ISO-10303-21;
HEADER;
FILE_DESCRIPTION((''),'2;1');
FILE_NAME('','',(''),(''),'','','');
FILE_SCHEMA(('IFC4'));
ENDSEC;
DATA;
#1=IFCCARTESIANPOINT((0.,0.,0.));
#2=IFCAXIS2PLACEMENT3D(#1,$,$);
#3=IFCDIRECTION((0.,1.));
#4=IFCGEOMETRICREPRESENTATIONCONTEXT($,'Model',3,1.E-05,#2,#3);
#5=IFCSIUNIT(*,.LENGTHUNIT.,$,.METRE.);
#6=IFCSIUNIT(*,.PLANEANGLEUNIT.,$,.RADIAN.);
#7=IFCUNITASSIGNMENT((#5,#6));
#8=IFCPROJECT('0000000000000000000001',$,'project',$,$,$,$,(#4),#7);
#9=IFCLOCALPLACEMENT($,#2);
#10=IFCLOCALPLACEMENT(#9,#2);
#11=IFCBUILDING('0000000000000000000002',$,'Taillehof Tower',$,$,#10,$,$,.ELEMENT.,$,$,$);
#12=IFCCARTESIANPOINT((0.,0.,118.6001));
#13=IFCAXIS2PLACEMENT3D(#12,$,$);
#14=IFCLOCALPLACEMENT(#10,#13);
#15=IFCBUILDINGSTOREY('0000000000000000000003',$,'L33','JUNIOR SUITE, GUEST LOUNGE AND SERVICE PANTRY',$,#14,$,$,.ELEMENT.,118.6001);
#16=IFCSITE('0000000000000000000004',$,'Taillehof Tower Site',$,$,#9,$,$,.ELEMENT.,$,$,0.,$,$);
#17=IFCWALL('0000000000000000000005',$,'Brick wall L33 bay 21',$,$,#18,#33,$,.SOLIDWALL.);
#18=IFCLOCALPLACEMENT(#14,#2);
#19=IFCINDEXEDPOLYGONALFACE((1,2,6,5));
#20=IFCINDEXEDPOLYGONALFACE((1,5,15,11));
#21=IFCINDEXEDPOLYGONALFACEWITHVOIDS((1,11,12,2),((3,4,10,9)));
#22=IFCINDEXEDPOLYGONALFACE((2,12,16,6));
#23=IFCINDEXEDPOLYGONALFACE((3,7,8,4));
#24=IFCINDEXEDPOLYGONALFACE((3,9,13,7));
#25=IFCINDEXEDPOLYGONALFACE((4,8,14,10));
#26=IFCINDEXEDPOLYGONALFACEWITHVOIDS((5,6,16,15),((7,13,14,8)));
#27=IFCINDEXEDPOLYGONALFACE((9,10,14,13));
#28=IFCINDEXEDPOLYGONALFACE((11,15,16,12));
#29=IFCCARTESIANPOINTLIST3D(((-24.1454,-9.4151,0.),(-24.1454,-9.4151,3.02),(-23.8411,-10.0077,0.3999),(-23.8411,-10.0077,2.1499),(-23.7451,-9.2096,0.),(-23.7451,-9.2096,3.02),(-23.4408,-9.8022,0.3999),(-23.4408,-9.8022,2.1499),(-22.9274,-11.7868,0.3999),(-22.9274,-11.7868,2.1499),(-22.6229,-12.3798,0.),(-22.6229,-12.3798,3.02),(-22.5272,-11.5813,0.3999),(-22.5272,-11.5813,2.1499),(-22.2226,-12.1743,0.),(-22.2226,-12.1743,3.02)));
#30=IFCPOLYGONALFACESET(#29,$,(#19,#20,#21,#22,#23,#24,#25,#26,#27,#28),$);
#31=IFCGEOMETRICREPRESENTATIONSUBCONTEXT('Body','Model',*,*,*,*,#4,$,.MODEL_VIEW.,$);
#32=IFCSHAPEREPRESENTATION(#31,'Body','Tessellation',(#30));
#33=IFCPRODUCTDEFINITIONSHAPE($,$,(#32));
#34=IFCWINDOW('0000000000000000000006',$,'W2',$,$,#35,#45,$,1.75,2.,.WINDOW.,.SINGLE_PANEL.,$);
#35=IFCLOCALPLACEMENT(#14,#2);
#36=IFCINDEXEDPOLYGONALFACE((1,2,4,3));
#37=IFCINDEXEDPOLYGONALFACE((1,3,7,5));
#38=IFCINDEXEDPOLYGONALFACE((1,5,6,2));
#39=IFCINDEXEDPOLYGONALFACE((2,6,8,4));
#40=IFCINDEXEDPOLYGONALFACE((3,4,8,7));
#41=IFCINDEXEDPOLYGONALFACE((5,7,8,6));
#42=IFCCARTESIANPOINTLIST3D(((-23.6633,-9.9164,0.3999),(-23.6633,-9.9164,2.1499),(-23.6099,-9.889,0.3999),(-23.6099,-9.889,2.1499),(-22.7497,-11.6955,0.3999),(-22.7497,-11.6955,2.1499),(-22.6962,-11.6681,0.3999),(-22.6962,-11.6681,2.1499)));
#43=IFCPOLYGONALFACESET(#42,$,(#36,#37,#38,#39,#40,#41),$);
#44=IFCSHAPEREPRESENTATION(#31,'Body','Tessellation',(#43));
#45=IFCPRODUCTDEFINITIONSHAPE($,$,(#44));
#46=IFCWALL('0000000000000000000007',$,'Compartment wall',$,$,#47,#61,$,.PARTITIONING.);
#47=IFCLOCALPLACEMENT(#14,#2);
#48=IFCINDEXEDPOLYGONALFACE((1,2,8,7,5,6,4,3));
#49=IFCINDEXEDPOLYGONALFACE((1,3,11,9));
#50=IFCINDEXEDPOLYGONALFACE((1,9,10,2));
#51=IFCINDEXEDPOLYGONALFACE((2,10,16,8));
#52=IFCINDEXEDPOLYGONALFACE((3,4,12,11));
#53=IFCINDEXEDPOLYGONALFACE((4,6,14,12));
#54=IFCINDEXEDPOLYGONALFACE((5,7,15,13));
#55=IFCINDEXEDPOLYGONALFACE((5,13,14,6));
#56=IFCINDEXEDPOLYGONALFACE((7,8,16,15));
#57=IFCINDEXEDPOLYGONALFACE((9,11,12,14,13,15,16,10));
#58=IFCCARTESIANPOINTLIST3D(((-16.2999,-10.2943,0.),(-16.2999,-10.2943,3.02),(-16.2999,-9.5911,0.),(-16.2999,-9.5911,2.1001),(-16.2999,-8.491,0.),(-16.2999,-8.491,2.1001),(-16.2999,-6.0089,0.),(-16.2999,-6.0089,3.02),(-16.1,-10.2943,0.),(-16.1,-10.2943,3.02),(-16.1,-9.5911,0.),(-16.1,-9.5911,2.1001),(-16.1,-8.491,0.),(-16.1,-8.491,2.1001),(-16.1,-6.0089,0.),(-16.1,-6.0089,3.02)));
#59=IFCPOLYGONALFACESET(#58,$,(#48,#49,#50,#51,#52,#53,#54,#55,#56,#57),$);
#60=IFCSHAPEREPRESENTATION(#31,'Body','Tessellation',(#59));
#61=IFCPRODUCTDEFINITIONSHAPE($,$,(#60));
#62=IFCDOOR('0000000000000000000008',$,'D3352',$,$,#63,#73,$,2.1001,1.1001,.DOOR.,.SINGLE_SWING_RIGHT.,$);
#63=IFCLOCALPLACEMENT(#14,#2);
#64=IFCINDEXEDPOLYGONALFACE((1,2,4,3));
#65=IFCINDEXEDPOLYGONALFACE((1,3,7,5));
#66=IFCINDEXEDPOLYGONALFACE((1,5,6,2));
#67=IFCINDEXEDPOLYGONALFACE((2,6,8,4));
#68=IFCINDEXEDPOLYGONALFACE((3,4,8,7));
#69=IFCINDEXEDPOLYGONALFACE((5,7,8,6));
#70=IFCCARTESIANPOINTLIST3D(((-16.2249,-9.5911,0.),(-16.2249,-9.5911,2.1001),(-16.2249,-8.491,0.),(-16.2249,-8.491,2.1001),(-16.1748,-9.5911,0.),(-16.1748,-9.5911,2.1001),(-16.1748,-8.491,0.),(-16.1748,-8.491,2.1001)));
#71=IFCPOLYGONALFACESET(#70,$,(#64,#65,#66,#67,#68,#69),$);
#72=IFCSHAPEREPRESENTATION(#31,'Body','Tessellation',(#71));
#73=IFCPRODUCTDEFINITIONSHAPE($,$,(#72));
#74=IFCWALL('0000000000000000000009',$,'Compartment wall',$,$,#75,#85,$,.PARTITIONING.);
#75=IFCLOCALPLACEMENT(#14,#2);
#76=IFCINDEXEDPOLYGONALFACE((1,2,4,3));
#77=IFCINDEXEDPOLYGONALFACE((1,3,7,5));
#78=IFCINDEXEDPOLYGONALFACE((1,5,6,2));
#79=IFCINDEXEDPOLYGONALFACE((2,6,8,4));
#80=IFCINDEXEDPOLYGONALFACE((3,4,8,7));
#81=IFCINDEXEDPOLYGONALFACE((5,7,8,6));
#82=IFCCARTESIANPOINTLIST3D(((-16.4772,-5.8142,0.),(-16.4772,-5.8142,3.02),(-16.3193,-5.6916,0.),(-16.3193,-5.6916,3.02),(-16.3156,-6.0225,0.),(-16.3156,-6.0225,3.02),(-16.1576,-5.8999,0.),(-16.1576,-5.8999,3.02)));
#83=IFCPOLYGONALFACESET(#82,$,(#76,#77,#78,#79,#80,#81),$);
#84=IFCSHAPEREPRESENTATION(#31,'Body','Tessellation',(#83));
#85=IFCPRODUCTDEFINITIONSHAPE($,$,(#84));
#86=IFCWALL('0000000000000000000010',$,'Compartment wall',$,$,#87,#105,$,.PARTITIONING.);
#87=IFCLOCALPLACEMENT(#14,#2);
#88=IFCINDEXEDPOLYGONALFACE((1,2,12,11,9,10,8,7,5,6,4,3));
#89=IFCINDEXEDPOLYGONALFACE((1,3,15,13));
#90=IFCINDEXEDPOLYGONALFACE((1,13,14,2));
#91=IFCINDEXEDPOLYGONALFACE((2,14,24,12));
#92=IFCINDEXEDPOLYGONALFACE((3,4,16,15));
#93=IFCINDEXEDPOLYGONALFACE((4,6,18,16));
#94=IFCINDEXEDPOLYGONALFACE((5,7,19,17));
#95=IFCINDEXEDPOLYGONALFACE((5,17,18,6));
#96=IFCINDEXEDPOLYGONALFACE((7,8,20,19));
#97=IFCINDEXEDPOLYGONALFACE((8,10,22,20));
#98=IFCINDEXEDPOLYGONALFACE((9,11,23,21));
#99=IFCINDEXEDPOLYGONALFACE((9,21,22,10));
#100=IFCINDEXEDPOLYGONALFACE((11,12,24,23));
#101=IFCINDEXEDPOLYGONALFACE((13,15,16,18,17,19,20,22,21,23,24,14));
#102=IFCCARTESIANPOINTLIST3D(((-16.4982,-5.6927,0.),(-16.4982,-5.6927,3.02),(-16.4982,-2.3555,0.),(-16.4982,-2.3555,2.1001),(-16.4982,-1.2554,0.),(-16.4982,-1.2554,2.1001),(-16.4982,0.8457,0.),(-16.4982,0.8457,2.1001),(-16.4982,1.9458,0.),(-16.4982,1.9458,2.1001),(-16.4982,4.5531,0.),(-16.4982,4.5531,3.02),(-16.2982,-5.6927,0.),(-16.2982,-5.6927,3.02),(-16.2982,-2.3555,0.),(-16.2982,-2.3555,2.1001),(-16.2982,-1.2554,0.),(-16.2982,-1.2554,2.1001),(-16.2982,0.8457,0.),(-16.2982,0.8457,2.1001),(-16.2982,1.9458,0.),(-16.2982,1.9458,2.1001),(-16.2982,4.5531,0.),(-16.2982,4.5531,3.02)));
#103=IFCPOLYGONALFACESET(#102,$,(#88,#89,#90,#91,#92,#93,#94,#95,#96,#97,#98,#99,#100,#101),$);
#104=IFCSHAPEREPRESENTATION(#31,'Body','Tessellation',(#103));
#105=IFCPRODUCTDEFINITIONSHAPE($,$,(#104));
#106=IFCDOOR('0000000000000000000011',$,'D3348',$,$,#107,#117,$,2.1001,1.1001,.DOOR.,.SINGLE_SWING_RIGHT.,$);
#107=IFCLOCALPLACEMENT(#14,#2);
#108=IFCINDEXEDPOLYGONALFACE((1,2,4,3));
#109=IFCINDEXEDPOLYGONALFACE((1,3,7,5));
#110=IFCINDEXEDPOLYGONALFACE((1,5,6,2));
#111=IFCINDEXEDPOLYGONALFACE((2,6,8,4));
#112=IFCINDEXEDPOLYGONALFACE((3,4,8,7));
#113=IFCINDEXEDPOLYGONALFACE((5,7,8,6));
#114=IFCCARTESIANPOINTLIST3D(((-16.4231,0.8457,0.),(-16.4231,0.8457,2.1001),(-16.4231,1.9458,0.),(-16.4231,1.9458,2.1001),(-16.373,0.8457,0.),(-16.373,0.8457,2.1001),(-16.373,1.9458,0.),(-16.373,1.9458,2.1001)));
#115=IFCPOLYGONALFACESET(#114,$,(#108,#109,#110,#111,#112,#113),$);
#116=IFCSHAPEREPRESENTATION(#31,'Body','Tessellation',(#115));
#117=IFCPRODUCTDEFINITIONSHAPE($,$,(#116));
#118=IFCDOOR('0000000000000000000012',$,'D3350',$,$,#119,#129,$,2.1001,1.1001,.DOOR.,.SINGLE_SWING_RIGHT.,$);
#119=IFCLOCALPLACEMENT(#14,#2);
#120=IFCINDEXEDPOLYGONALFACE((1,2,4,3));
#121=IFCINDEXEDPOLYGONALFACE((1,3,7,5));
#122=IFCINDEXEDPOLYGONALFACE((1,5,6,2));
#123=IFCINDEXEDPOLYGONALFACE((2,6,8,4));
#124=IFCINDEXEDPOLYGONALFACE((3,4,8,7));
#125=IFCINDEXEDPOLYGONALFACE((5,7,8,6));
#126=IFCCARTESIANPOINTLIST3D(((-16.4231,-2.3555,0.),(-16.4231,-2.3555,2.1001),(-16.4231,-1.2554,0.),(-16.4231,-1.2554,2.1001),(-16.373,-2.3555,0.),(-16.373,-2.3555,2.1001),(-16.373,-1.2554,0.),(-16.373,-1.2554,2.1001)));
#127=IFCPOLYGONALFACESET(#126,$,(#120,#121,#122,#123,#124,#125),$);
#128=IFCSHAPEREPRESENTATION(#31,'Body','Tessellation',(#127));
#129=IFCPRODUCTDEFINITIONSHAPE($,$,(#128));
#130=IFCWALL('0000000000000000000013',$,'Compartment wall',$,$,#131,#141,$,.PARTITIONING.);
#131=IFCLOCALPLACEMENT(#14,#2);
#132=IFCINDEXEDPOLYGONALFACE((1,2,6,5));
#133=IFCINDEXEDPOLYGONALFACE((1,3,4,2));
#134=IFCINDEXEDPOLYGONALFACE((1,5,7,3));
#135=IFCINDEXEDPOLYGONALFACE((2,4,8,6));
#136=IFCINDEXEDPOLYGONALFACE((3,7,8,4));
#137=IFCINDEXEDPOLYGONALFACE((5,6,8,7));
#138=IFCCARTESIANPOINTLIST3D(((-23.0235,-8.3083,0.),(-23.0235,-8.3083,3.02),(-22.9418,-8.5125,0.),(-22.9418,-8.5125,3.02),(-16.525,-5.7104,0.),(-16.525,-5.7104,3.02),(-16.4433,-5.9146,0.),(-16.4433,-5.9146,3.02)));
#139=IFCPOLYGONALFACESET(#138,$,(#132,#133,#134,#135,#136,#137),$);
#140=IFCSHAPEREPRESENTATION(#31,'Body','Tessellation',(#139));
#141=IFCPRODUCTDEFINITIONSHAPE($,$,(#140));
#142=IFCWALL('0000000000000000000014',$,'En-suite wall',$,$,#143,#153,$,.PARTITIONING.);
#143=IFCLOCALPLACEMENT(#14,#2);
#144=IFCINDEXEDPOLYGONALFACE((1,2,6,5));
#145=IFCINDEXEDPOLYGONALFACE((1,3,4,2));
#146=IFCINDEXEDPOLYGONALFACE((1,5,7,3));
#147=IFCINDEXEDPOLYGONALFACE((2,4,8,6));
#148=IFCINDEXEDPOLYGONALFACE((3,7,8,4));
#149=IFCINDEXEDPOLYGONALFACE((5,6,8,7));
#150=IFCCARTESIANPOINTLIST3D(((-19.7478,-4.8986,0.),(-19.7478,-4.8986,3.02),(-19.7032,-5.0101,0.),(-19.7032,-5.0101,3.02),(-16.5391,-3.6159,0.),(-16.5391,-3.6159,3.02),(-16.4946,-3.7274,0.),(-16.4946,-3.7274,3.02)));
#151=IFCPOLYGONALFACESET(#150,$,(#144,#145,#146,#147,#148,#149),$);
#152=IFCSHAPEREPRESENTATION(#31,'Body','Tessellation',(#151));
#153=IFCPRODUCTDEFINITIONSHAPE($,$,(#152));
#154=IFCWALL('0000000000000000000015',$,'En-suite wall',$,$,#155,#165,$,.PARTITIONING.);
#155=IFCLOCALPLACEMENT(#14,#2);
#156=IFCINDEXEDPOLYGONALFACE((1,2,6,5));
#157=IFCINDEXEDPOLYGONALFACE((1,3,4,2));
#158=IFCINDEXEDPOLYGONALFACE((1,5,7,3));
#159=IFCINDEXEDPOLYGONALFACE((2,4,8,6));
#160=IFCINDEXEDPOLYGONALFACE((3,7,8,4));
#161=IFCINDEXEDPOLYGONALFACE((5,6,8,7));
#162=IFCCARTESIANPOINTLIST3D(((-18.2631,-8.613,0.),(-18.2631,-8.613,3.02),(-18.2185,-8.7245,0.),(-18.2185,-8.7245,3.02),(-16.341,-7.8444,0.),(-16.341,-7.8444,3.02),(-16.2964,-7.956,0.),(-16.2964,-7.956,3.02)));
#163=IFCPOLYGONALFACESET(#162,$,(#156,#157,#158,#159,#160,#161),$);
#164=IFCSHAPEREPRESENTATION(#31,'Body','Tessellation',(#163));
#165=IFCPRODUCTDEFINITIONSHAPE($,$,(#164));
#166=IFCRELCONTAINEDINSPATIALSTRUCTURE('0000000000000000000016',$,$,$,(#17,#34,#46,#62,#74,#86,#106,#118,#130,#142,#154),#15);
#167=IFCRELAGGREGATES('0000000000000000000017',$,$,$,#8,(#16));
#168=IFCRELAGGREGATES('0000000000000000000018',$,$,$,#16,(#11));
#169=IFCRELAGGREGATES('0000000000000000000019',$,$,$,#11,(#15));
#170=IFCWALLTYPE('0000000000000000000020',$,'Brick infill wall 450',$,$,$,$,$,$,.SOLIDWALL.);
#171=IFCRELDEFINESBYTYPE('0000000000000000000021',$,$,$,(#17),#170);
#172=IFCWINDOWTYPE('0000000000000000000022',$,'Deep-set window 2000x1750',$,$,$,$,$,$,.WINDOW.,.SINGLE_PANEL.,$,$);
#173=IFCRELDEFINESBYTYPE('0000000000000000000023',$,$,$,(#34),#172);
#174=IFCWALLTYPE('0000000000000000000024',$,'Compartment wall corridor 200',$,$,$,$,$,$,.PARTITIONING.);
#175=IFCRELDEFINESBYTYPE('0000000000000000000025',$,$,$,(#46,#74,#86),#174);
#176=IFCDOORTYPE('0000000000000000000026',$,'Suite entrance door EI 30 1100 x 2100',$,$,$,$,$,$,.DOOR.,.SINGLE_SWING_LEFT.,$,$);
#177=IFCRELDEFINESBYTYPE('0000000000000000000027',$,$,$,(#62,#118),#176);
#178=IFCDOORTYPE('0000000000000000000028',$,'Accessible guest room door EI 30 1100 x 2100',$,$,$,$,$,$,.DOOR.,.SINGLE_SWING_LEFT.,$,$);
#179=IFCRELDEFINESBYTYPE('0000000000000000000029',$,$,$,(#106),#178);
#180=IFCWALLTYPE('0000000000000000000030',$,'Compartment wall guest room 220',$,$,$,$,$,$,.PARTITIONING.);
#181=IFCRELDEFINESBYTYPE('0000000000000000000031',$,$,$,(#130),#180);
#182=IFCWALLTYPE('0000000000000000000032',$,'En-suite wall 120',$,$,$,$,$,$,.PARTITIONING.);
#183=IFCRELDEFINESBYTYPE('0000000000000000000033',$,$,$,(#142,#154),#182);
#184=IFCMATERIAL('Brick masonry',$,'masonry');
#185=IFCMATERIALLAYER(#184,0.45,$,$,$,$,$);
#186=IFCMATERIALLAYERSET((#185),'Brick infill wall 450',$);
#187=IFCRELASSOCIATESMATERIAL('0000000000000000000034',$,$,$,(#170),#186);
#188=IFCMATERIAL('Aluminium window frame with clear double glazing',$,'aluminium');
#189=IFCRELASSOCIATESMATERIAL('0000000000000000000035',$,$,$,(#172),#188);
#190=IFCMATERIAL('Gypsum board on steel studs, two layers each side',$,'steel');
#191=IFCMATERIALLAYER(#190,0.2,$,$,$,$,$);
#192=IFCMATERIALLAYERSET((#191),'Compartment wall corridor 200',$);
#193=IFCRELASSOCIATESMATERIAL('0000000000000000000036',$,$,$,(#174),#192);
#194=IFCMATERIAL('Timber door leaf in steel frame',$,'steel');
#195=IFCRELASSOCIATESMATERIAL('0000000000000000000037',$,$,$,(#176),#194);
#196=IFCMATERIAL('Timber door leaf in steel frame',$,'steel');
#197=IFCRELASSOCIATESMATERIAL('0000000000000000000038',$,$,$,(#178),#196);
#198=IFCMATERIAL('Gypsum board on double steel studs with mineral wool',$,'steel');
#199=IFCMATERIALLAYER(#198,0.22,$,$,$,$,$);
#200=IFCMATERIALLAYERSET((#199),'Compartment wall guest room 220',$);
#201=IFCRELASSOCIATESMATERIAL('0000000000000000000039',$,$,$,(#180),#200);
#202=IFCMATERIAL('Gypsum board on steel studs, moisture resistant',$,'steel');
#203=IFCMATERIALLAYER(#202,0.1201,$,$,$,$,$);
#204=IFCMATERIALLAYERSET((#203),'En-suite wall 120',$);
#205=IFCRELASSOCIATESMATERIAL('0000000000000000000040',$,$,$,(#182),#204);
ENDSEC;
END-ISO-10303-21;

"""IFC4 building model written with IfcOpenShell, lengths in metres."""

from ifc_helpers import new_model, si_unit, direction, frame, frame_2d, origin, place, context, subcontext, project, spatial, rectangle, extrude, material, layer, layer_set, type_object, element, fill, save


model = new_model("IFC4")

# Units and contexts
model_context = context("Model", 3, precision=1e-05, world=origin(), true_north=direction((0.0, 1.0)))
body_context = subcontext(model_context, "Body", "Model", "MODEL_VIEW")
ifc_project = project(units=[si_unit("LENGTHUNIT", "METRE"), si_unit("PLANEANGLEUNIT", "RADIAN")], contexts=[model_context])

# Site, building, storey
site_placement = place(None, origin())
site = spatial("IfcSite", under=ifc_project, at=site_placement, Name="Taillehof Tower Site", CompositionType="ELEMENT", RefElevation=0.0)
building_placement = place(site_placement, origin())
building = spatial("IfcBuilding", under=site, at=building_placement, Name="Taillehof Tower", CompositionType="ELEMENT")
storey_placement = place(building_placement, frame((0.0, 0.0, 118.6001)))
storey = spatial("IfcBuildingStorey", under=building, at=storey_placement, Name="L33", Description="JUNIOR SUITE, GUEST LOUNGE AND SERVICE PANTRY", CompositionType="ELEMENT", Elevation=118.6001)

# Wall, opening, window
ifc_material_1 = material(Name="Brick masonry", Category="masonry")
ifc_layer_1 = layer(ifc_material_1, 0.45)
ifc_layer_set_1 = layer_set([ifc_layer_1], Name="Brick infill wall 450")
wall_type_1 = type_object("IfcWallType", Name="Brick infill wall 450", PredefinedType="SOLIDWALL", material=ifc_layer_set_1)
ifc_material_2 = material(Name="Aluminium window frame with clear double glazing", Category="aluminium")
window_type = type_object("IfcWindowType", Name="Deep-set window 2000x1750", PartitioningType="SINGLE_PANEL", PredefinedType="WINDOW", material=ifc_material_2)
wall_1_placement = place(storey_placement, frame((-23.9453, -9.3123, 0.0), z_axis=(0.0, 0.0, 1.0), x_axis=(0.456828, -0.889555, 0.0)))
wall_1 = element("IfcWall", 1, at=wall_1_placement, inside=storey, type_object=wall_type_1, Name="Brick wall L33 bay 21", PredefinedType="SOLIDWALL", context=body_context, shape_type="SweptSolid", body=[
    extrude(rectangle(XDim=3.3328, YDim=0.45, at=frame_2d((1.6665, 0.0))), origin(), (0.0, 0.0, 1.0), 3.02),
])
opening_1_placement = place(wall_1_placement, frame((0.6663, 0.0, 0.3999)))
opening_1 = element("IfcOpeningElement", 2, at=opening_1_placement, cuts=wall_1, PredefinedType="OPENING", context=body_context, shape_type="SweptSolid", body=[
    extrude(rectangle(XDim=2.0, YDim=1.75, at=frame_2d((1.0, 0.875))), frame((0.0, 0.2349, 0.0), z_axis=(0.0, -1.0, 0.0), x_axis=(1.0, 0.0, 0.0)), (0.0, 0.0, 1.0), 0.47),
])
window_1_placement = place(opening_1_placement, origin())
window_1 = element("IfcWindow", 3, at=window_1_placement, inside=storey, type_object=window_type, Name="W2", OverallHeight=1.75, OverallWidth=2.0, PartitioningType="SINGLE_PANEL", PredefinedType="WINDOW", context=body_context, shape_type="SweptSolid", body=[
    extrude(rectangle(XDim=2.0, YDim=1.75, at=frame_2d((1.0, 0.875))), frame((0.0, 0.0349, 0.0), z_axis=(0.0, -1.0, 0.0), x_axis=(1.0, 0.0, 0.0)), (0.0, 0.0, 1.0), 0.0601),
])
fill(opening_1, window_1)

# Wall, opening, door
ifc_material_3 = material(Name="Gypsum board on steel studs, two layers each side", Category="steel")
ifc_layer_2 = layer(ifc_material_3, 0.2)
ifc_layer_set_2 = layer_set([ifc_layer_2], Name="Compartment wall corridor 200")
wall_type_2 = type_object("IfcWallType", Name="Compartment wall corridor 200", PredefinedType="PARTITIONING", material=ifc_layer_set_2)
wall_2_placement = place(storey_placement, frame((-16.2, -10.2942, 0.0), z_axis=(0.0, 0.0, 1.0), x_axis=(0.0, 1.0, 0.0)))
wall_2 = element("IfcWall", 4, at=wall_2_placement, inside=storey, type_object=wall_type_2, Name="Compartment wall", PredefinedType="PARTITIONING", context=body_context, shape_type="SweptSolid", body=[
    extrude(rectangle(XDim=4.2854, YDim=0.2, at=frame_2d((2.1426, 0.0))), origin(), (0.0, 0.0, 1.0), 3.02),
])
opening_2_placement = place(wall_2_placement, frame((0.7031, 0.0, 0.0)))
opening_2 = element("IfcOpeningElement", 5, at=opening_2_placement, cuts=wall_2, PredefinedType="OPENING", context=body_context, shape_type="SweptSolid", body=[
    extrude(rectangle(XDim=1.1001, YDim=2.1001, at=frame_2d((0.55, 1.05))), frame((0.0, 0.1099, 0.0), z_axis=(0.0, -1.0, 0.0), x_axis=(1.0, 0.0, 0.0)), (0.0, 0.0, 1.0), 0.22),
])
ifc_material_4 = material(Name="Timber door leaf in steel frame", Category="steel")
door_type_1 = type_object("IfcDoorType", Name="Suite entrance door EI 30 1100 x 2100", OperationType="SINGLE_SWING_LEFT", PredefinedType="DOOR", material=ifc_material_4)
door_1_placement = place(opening_2_placement, origin())
door_1 = element("IfcDoor", 6, at=door_1_placement, inside=storey, type_object=door_type_1, Name="D3352", OperationType="SINGLE_SWING_RIGHT", OverallHeight=2.1001, OverallWidth=1.1001, PredefinedType="DOOR", context=body_context, shape_type="SweptSolid", body=[
    extrude(rectangle(XDim=1.1001, YDim=2.1001, at=frame_2d((0.55, 1.05))), frame((0.0, 0.0249, 0.0), z_axis=(0.0, -1.0, 0.0), x_axis=(1.0, 0.0, 0.0)), (0.0, 0.0, 1.0), 0.05),
])
fill(opening_2, door_1)

# Wall
wall_3_placement = place(storey_placement, frame((-16.2366, -5.9612, 0.0), z_axis=(0.0, 0.0, 1.0), x_axis=(-0.613107, 0.79, 0.0)))
element("IfcWall", 7, at=wall_3_placement, inside=storey, type_object=wall_type_2, Name="Compartment wall", PredefinedType="PARTITIONING", context=body_context, shape_type="SweptSolid", body=[
    extrude(rectangle(XDim=0.2637, YDim=0.2, at=frame_2d((0.1318, 0.0))), origin(), (0.0, 0.0, 1.0), 3.02),
])

# Wall, openings, doors
wall_4_placement = place(storey_placement, frame((-16.3982, -5.6929, 0.0), z_axis=(0.0, 0.0, 1.0), x_axis=(0.0, 1.0, 0.0)))
wall_4 = element("IfcWall", 8, at=wall_4_placement, inside=storey, type_object=wall_type_2, Name="Compartment wall", PredefinedType="PARTITIONING", context=body_context, shape_type="SweptSolid", body=[
    extrude(rectangle(XDim=10.2458, YDim=0.2, at=frame_2d((5.123, 0.0))), origin(), (0.0, 0.0, 1.0), 3.02),
])
opening_3_placement = place(wall_4_placement, frame((6.5386, 0.0, 0.0)))
opening_3 = element("IfcOpeningElement", 9, at=opening_3_placement, cuts=wall_4, PredefinedType="OPENING", context=body_context, shape_type="SweptSolid", body=[
    extrude(rectangle(XDim=1.1001, YDim=2.1001, at=frame_2d((0.55, 1.05))), frame((0.0, 0.1099, 0.0), z_axis=(0.0, -1.0, 0.0), x_axis=(1.0, 0.0, 0.0)), (0.0, 0.0, 1.0), 0.22),
])
opening_4_placement = place(wall_4_placement, frame((3.3374, 0.0, 0.0)))
opening_4 = element("IfcOpeningElement", 10, at=opening_4_placement, cuts=wall_4, PredefinedType="OPENING", context=body_context, shape_type="SweptSolid", body=[
    extrude(rectangle(XDim=1.1001, YDim=2.1001, at=frame_2d((0.55, 1.05))), frame((0.0, 0.1099, 0.0), z_axis=(0.0, -1.0, 0.0), x_axis=(1.0, 0.0, 0.0)), (0.0, 0.0, 1.0), 0.22),
])
ifc_material_5 = material(Name="Timber door leaf in steel frame", Category="steel")
door_type_2 = type_object("IfcDoorType", Name="Accessible guest room door EI 30 1100 x 2100", OperationType="SINGLE_SWING_LEFT", PredefinedType="DOOR", material=ifc_material_5)
door_2_placement = place(opening_3_placement, origin())
door_2 = element("IfcDoor", 11, at=door_2_placement, inside=storey, type_object=door_type_2, Name="D3348", OperationType="SINGLE_SWING_RIGHT", OverallHeight=2.1001, OverallWidth=1.1001, PredefinedType="DOOR", context=body_context, shape_type="SweptSolid", body=[
    extrude(rectangle(XDim=1.1001, YDim=2.1001, at=frame_2d((0.55, 1.05))), frame((0.0, 0.0249, 0.0), z_axis=(0.0, -1.0, 0.0), x_axis=(1.0, 0.0, 0.0)), (0.0, 0.0, 1.0), 0.05),
])
fill(opening_3, door_2)
door_3_placement = place(opening_4_placement, origin())
door_3 = element("IfcDoor", 12, at=door_3_placement, inside=storey, type_object=door_type_1, Name="D3350", OperationType="SINGLE_SWING_RIGHT", OverallHeight=2.1001, OverallWidth=1.1001, PredefinedType="DOOR", context=body_context, shape_type="SweptSolid", body=[
    extrude(rectangle(XDim=1.1001, YDim=2.1001, at=frame_2d((0.55, 1.05))), frame((0.0, 0.0249, 0.0), z_axis=(0.0, -1.0, 0.0), x_axis=(1.0, 0.0, 0.0)), (0.0, 0.0, 1.0), 0.05),
])
fill(opening_4, door_3)

# Walls
ifc_material_6 = material(Name="Gypsum board on double steel studs with mineral wool", Category="steel")
ifc_layer_3 = layer(ifc_material_6, 0.22)
ifc_layer_set_3 = layer_set([ifc_layer_3], Name="Compartment wall guest room 220")
wall_type_3 = type_object("IfcWallType", Name="Compartment wall guest room 220", PredefinedType="PARTITIONING", material=ifc_layer_set_3)
wall_5_placement = place(storey_placement, frame((-22.9827, -8.4104, 0.0), z_axis=(0.0, 0.0, 1.0), x_axis=(0.928551, 0.371204, 0.0)))
element("IfcWall", 13, at=wall_5_placement, inside=storey, type_object=wall_type_3, Name="Compartment wall", PredefinedType="PARTITIONING", context=body_context, shape_type="SweptSolid", body=[
    extrude(rectangle(XDim=6.9985, YDim=0.22, at=frame_2d((3.4993, 0.0))), origin(), (0.0, 0.0, 1.0), 3.02),
])
ifc_material_7 = material(Name="Gypsum board on steel studs, moisture resistant", Category="steel")
ifc_layer_4 = layer(ifc_material_7, 0.1201)
ifc_layer_set_4 = layer_set([ifc_layer_4], Name="En-suite wall 120")
wall_type_4 = type_object("IfcWallType", Name="En-suite wall 120", PredefinedType="PARTITIONING", material=ifc_layer_set_4)
wall_6_placement = place(storey_placement, frame((-16.5168, -3.6716, 0.0), z_axis=(0.0, 0.0, 1.0), x_axis=(-0.928555, -0.371196, 0.0)))
element("IfcWall", 14, at=wall_6_placement, inside=storey, type_object=wall_type_4, Name="En-suite wall", PredefinedType="PARTITIONING", context=body_context, shape_type="SweptSolid", body=[
    extrude(rectangle(XDim=3.4556, YDim=0.1201, at=frame_2d((1.7278, 0.0))), origin(), (0.0, 0.0, 1.0), 3.02),
])
wall_7_placement = place(storey_placement, frame((-16.3186, -7.9001, 0.0), z_axis=(0.0, 0.0, 1.0), x_axis=(-0.928525, -0.371269, 0.0)))
element("IfcWall", 15, at=wall_7_placement, inside=storey, type_object=wall_type_4, Name="En-suite wall", PredefinedType="PARTITIONING", context=body_context, shape_type="SweptSolid", body=[
    extrude(rectangle(XDim=2.0701, YDim=0.1201, at=frame_2d((1.0352, 0.0))), origin(), (0.0, 0.0, 1.0), 3.02),
])

save(model, "model.ifc")
